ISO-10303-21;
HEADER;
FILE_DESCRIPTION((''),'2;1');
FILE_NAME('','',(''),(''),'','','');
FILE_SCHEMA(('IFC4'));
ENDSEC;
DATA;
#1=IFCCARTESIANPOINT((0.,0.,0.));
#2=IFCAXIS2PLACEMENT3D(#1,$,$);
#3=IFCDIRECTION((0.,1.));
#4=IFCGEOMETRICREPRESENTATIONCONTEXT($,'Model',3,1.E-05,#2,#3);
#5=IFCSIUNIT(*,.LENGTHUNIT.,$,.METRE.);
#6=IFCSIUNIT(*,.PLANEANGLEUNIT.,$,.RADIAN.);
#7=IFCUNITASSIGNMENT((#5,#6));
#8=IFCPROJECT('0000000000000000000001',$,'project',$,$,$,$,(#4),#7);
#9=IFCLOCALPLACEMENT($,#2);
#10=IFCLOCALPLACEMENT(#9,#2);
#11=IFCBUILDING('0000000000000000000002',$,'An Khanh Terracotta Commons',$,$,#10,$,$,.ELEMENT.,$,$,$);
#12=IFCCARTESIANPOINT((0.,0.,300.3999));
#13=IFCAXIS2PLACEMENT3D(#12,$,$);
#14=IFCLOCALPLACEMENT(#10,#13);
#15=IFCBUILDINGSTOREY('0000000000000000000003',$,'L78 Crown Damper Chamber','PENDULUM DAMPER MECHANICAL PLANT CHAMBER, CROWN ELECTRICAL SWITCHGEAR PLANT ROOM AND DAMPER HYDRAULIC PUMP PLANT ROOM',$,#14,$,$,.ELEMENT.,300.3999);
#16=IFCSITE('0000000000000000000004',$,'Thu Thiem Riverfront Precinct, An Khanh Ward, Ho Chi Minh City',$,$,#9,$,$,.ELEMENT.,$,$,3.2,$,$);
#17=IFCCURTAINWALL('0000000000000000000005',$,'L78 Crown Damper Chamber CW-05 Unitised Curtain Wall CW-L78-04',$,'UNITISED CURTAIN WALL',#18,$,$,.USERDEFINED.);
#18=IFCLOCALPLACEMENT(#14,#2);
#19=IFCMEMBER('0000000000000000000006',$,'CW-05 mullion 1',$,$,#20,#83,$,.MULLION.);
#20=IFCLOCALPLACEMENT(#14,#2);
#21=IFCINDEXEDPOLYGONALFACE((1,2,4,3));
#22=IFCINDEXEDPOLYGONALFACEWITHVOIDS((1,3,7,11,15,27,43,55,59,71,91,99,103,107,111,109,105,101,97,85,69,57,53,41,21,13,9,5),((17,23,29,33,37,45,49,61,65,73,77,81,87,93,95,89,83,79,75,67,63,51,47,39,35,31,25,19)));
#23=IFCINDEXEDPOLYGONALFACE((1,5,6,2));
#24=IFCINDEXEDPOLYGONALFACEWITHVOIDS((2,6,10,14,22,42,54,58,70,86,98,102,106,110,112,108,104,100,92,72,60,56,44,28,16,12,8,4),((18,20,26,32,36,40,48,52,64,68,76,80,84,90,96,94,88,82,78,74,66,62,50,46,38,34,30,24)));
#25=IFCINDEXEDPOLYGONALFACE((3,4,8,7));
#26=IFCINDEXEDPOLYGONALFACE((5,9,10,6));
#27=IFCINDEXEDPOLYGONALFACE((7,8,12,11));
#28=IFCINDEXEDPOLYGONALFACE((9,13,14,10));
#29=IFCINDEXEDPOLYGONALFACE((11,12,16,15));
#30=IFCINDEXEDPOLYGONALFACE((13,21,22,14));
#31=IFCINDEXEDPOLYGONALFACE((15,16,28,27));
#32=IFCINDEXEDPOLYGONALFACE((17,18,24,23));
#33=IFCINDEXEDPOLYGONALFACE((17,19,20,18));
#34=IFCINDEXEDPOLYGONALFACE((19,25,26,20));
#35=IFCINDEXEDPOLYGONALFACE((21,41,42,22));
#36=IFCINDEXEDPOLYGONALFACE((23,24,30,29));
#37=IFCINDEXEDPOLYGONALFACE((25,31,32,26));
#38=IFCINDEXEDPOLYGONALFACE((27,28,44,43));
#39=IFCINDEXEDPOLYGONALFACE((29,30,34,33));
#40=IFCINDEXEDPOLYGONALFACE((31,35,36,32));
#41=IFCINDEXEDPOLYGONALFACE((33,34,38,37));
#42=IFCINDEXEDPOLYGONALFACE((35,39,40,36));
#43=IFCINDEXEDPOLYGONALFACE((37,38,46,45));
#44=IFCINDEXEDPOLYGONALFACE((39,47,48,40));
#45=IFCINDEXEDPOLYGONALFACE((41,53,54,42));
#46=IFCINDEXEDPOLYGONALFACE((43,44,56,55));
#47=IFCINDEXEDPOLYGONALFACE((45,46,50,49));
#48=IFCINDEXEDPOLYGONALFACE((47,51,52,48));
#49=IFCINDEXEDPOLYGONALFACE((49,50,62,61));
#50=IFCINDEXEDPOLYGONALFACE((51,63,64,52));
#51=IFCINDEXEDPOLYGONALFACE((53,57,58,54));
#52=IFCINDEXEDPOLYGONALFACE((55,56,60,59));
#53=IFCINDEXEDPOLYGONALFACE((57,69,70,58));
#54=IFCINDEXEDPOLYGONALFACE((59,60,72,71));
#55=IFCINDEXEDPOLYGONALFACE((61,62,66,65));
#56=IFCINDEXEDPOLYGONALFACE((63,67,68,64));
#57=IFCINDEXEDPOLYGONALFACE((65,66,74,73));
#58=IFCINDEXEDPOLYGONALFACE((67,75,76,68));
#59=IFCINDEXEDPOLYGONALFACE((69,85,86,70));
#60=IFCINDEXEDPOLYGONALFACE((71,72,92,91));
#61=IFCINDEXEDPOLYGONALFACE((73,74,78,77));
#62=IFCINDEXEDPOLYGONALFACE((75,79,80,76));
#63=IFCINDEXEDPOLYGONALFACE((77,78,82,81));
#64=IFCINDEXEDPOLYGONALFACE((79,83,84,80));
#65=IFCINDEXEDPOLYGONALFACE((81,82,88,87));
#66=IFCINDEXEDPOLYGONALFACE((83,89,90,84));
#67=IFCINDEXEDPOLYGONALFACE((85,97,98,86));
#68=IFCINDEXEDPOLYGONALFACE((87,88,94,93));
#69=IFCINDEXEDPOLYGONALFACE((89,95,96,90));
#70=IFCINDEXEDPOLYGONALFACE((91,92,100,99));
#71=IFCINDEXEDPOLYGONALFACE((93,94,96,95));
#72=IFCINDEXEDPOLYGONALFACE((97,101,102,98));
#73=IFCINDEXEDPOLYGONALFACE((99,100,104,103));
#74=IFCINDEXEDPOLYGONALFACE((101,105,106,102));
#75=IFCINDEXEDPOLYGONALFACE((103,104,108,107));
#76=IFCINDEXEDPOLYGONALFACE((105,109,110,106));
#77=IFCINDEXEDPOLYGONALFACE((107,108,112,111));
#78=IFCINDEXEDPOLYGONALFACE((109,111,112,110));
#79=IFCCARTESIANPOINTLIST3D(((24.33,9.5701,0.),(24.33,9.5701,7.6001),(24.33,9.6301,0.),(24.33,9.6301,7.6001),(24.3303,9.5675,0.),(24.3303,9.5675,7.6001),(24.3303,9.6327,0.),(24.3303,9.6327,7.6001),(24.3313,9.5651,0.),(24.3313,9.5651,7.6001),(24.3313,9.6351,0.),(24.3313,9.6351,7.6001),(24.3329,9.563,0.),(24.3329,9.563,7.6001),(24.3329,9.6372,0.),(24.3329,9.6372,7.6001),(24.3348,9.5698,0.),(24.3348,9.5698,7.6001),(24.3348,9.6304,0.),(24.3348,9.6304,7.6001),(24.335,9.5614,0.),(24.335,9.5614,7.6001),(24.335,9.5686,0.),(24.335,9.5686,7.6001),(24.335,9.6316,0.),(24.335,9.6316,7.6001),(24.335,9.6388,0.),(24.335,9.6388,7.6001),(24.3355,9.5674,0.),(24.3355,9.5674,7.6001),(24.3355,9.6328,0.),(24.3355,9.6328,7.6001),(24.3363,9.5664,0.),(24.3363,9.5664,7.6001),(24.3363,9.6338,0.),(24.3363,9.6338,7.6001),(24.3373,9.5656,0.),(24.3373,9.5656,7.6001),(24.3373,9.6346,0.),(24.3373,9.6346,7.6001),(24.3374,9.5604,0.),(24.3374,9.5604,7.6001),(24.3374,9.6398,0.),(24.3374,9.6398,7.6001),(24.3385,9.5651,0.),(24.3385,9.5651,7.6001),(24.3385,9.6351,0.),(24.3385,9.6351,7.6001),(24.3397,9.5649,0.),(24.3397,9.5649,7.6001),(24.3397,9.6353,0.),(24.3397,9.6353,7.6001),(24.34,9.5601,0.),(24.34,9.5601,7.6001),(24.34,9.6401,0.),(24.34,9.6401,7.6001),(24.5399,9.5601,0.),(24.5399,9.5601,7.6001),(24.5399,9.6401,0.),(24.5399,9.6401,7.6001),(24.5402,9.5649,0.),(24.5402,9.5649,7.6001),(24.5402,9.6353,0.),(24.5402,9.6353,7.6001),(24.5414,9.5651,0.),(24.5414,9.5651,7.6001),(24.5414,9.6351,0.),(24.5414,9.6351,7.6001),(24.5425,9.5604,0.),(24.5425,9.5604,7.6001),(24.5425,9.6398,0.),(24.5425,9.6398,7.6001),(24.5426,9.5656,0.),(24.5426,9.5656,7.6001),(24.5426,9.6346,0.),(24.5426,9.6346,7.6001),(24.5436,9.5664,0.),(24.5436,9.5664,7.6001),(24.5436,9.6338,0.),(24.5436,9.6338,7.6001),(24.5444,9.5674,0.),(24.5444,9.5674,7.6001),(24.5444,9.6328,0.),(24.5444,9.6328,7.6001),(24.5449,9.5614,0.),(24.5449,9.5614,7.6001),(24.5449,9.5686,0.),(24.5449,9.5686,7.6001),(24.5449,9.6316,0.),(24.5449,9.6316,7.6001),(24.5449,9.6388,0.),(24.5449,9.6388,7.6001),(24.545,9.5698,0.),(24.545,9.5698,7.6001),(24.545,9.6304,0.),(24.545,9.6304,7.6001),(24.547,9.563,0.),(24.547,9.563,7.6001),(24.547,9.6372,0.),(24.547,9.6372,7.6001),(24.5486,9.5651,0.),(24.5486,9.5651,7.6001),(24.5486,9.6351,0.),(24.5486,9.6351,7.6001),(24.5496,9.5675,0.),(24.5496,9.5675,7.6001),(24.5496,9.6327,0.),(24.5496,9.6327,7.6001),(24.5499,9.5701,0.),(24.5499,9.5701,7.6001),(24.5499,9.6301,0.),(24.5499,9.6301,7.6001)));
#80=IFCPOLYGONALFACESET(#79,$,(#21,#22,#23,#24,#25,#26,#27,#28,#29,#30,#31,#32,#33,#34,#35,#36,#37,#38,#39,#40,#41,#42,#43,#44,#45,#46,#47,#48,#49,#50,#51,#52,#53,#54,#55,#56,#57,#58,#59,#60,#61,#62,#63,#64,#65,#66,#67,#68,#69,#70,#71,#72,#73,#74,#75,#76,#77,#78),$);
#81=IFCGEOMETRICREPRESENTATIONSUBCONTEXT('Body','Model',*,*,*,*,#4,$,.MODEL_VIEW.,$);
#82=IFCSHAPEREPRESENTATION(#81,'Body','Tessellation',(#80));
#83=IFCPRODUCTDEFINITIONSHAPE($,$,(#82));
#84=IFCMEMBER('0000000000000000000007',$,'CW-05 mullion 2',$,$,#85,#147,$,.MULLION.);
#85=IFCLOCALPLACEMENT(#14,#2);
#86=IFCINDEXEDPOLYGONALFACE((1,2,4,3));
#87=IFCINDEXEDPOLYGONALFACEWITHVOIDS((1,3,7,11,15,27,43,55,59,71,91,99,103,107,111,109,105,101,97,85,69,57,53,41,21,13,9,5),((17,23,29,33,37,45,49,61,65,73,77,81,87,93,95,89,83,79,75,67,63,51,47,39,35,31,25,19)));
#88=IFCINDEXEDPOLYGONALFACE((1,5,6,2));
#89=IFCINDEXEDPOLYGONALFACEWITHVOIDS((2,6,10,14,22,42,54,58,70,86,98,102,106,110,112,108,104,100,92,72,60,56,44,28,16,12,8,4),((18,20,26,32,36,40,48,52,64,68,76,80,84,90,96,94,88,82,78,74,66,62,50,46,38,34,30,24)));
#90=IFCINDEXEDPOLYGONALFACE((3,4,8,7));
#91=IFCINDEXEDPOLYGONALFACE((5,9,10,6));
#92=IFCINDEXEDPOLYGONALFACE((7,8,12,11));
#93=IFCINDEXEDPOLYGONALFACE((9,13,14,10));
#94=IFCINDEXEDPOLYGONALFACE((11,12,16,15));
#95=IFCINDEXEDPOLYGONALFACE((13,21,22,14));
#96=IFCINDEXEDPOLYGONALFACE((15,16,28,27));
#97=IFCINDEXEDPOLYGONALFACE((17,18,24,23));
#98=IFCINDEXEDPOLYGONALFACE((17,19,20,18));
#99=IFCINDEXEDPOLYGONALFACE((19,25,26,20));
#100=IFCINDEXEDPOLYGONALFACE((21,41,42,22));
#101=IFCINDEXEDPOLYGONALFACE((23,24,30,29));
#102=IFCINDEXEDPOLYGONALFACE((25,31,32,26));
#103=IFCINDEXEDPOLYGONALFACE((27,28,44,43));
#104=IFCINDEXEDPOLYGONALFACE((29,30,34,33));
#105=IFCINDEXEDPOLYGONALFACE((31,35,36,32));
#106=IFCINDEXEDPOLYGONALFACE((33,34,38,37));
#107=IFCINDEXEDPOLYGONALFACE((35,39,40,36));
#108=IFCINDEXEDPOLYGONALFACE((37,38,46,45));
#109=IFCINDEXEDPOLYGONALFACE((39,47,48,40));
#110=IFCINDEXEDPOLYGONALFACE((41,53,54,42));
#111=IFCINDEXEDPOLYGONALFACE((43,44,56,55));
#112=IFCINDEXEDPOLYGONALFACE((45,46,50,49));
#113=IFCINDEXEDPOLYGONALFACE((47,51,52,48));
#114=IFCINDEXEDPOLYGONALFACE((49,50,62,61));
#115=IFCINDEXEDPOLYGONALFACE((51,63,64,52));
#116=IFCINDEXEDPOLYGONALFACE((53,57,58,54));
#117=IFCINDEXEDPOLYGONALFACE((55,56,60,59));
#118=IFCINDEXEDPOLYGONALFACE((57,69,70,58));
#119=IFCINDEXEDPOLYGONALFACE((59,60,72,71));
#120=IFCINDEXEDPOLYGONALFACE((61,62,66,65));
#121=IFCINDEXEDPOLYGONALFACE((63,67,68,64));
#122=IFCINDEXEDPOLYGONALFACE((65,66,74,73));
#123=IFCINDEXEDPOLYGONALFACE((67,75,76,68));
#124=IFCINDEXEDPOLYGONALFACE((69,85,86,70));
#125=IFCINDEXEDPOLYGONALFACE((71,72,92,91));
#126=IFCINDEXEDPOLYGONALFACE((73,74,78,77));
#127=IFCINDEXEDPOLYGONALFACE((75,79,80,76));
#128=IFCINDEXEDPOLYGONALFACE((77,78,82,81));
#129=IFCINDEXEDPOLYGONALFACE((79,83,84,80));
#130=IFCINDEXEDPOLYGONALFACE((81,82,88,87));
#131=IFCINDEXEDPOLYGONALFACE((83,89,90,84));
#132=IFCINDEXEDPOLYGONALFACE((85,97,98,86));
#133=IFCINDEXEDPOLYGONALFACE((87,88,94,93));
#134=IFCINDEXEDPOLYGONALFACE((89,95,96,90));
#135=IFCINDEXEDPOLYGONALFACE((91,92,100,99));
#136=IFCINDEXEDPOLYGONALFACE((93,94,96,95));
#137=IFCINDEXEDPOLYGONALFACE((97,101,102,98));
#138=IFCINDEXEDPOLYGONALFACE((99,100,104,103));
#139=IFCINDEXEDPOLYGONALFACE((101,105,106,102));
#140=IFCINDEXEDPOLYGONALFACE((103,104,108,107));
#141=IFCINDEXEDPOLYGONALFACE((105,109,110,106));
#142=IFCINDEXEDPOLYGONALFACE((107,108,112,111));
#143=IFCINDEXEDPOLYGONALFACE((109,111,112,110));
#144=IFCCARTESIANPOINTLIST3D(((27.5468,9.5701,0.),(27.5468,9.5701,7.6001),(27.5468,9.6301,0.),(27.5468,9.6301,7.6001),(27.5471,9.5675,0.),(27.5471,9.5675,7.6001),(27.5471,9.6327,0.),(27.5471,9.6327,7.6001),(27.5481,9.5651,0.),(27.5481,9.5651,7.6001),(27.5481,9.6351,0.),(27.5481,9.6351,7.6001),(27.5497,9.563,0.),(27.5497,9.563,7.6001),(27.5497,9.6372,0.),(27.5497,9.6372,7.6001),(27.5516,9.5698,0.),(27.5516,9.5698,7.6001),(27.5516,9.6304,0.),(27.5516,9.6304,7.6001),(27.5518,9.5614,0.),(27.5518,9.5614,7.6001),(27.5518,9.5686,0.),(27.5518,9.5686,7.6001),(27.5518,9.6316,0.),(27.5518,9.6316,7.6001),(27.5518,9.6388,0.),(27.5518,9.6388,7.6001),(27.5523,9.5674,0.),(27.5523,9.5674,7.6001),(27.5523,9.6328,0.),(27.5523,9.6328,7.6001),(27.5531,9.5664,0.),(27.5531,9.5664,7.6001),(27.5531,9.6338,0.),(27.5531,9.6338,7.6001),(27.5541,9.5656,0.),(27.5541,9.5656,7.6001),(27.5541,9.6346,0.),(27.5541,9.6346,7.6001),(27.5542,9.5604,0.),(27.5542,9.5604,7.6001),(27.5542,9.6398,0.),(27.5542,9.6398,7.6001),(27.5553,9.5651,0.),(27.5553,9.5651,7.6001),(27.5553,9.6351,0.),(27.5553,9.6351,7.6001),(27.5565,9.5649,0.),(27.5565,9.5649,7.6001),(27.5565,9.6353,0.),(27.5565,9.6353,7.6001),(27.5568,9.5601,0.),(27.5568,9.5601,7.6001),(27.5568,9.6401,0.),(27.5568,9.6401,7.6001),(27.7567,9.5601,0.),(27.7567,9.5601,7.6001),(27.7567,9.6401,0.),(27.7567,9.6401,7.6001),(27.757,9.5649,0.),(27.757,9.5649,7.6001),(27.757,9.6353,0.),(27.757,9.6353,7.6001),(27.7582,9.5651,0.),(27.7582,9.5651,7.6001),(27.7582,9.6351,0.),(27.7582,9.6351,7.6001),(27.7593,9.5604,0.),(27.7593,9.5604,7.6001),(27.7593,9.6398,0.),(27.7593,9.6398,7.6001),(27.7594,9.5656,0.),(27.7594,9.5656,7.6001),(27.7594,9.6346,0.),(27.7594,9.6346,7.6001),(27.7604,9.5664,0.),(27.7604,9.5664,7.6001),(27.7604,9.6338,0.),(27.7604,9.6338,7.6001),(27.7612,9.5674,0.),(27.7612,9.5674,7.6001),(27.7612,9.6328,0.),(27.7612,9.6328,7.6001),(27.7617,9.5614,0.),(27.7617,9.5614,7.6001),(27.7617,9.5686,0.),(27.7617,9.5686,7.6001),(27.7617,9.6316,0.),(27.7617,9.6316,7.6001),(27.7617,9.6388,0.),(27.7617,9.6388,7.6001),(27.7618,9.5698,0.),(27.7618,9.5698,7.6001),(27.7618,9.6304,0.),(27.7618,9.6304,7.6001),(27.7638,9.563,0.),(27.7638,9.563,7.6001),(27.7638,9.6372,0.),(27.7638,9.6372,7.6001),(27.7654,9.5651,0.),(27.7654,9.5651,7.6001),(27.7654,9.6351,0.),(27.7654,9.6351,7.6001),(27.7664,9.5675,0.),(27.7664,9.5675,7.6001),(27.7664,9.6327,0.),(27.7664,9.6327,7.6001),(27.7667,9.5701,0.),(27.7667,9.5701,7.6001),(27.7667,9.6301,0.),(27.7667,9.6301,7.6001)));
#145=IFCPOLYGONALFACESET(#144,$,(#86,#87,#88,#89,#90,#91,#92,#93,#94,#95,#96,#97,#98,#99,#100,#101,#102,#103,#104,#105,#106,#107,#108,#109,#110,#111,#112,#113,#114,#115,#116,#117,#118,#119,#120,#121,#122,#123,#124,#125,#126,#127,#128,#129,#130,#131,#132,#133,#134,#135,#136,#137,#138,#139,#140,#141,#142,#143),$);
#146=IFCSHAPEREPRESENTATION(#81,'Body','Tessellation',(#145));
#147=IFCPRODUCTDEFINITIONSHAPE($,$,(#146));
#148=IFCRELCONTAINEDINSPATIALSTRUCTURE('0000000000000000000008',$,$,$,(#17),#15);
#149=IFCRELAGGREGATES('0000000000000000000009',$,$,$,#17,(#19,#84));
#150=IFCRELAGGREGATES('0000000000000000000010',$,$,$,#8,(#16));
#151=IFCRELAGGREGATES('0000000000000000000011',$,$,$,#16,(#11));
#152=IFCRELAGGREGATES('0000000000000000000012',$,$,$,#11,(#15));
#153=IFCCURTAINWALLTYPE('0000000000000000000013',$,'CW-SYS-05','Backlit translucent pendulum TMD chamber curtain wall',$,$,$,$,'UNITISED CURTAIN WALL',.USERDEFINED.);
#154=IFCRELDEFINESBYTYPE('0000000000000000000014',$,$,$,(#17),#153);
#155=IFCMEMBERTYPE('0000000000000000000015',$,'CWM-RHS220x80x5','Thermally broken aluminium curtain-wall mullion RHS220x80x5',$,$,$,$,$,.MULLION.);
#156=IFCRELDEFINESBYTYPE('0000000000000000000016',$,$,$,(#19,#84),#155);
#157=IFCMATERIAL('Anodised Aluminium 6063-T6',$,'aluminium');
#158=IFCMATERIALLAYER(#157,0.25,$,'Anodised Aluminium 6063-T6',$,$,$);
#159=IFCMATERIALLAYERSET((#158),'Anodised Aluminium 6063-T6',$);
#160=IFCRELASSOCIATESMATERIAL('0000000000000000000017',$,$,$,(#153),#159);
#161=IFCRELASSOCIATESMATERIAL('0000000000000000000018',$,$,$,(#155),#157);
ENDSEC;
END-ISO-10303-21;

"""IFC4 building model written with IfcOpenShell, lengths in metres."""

from ifc_helpers import new_model, si_unit, direction, frame, origin, origin_2d, place, context, subcontext, project, spatial, hollow_rectangle, extrude, material, layer, layer_set, material_profile, profile_set, type_object, element, aggregate, save


model = new_model("IFC4")

# Units and contexts
model_context = context("Model", 3, precision=1e-05, world=origin(), true_north=direction((0.0, 1.0)))
body_context = subcontext(model_context, "Body", "Model", "MODEL_VIEW")
ifc_project = project(units=[si_unit("LENGTHUNIT", "METRE"), si_unit("PLANEANGLEUNIT", "RADIAN")], contexts=[model_context])

# Site, building, storey
site_placement = place(None, origin())
site = spatial("IfcSite", under=ifc_project, at=site_placement, Name="Thu Thiem Riverfront Precinct, An Khanh Ward, Ho Chi Minh City", CompositionType="ELEMENT", RefElevation=3.2)
building_placement = place(site_placement, origin())
building = spatial("IfcBuilding", under=site, at=building_placement, Name="An Khanh Terracotta Commons", CompositionType="ELEMENT")
storey_placement = place(building_placement, frame((0.0, 0.0, 300.3999)))
storey = spatial("IfcBuildingStorey", under=building, at=storey_placement, Name="L78 Crown Damper Chamber", Description="PENDULUM DAMPER MECHANICAL PLANT CHAMBER, CROWN ELECTRICAL SWITCHGEAR PLANT ROOM AND DAMPER HYDRAULIC PUMP PLANT ROOM", CompositionType="ELEMENT", Elevation=300.3999)

# Curtain wall, members
ifc_material_1 = material(Name="Anodised Aluminium 6063-T6", Category="aluminium")
ifc_layer_1 = layer(ifc_material_1, 0.25, Name="Anodised Aluminium 6063-T6")
ifc_layer_set_1 = layer_set([ifc_layer_1], Name="Anodised Aluminium 6063-T6")
curtain_wall_type = type_object("IfcCurtainWallType", Name="CW-SYS-05", Description="Backlit translucent pendulum TMD chamber curtain wall", ElementType="UNITISED CURTAIN WALL", PredefinedType="USERDEFINED", material=ifc_layer_set_1)
curtain_wall_placement = place(storey_placement, origin())
curtain_wall = element("IfcCurtainWall", 1, at=curtain_wall_placement, inside=storey, type_object=curtain_wall_type, Name="L78 Crown Damper Chamber CW-05 Unitised Curtain Wall CW-L78-04", ObjectType="UNITISED CURTAIN WALL", PredefinedType="USERDEFINED")
ifc_material_profile_1 = material_profile(ifc_material_1, hollow_rectangle(XDim=0.0801, YDim=0.22, WallThickness=0.0049, InnerFilletRadius=0.0049, OuterFilletRadius=0.01, at=origin_2d()), Name="RHS220x80x5")
ifc_profile_set_1 = profile_set([ifc_material_profile_1], Name="Anodised Aluminium 6063-T6")
member_type_1 = type_object("IfcMemberType", Name="CWM-RHS220x80x5", Description="Thermally broken aluminium curtain-wall mullion RHS220x80x5", PredefinedType="MULLION", material=ifc_profile_set_1)
member_1_placement = place(storey_placement, frame((24.4399, 9.6001, 0.0), z_axis=(0.0, 0.0, 1.0), x_axis=(0.0, 1.0, 0.0)))
member_1 = element("IfcMember", 2, at=member_1_placement, type_object=member_type_1, Name="CW-05 mullion 1", PredefinedType="MULLION", context=body_context, shape_type="SweptSolid", body=[
    extrude(hollow_rectangle(XDim=0.0801, YDim=0.22, WallThickness=0.0049, InnerFilletRadius=0.0049, OuterFilletRadius=0.01, at=origin_2d()), origin(), (0.0, 0.0, 1.0), 7.6001),
])
member_2_placement = place(storey_placement, frame((27.6567, 9.6001, 0.0), z_axis=(0.0, 0.0, 1.0), x_axis=(0.0, 1.0, 0.0)))
member_2 = element("IfcMember", 3, at=member_2_placement, type_object=member_type_1, Name="CW-05 mullion 2", PredefinedType="MULLION", context=body_context, shape_type="SweptSolid", body=[
    extrude(hollow_rectangle(XDim=0.0801, YDim=0.22, WallThickness=0.0049, InnerFilletRadius=0.0049, OuterFilletRadius=0.01, at=origin_2d()), origin(), (0.0, 0.0, 1.0), 7.6001),
])
aggregate(curtain_wall, [member_1, member_2])

save(model, "model.ifc")
